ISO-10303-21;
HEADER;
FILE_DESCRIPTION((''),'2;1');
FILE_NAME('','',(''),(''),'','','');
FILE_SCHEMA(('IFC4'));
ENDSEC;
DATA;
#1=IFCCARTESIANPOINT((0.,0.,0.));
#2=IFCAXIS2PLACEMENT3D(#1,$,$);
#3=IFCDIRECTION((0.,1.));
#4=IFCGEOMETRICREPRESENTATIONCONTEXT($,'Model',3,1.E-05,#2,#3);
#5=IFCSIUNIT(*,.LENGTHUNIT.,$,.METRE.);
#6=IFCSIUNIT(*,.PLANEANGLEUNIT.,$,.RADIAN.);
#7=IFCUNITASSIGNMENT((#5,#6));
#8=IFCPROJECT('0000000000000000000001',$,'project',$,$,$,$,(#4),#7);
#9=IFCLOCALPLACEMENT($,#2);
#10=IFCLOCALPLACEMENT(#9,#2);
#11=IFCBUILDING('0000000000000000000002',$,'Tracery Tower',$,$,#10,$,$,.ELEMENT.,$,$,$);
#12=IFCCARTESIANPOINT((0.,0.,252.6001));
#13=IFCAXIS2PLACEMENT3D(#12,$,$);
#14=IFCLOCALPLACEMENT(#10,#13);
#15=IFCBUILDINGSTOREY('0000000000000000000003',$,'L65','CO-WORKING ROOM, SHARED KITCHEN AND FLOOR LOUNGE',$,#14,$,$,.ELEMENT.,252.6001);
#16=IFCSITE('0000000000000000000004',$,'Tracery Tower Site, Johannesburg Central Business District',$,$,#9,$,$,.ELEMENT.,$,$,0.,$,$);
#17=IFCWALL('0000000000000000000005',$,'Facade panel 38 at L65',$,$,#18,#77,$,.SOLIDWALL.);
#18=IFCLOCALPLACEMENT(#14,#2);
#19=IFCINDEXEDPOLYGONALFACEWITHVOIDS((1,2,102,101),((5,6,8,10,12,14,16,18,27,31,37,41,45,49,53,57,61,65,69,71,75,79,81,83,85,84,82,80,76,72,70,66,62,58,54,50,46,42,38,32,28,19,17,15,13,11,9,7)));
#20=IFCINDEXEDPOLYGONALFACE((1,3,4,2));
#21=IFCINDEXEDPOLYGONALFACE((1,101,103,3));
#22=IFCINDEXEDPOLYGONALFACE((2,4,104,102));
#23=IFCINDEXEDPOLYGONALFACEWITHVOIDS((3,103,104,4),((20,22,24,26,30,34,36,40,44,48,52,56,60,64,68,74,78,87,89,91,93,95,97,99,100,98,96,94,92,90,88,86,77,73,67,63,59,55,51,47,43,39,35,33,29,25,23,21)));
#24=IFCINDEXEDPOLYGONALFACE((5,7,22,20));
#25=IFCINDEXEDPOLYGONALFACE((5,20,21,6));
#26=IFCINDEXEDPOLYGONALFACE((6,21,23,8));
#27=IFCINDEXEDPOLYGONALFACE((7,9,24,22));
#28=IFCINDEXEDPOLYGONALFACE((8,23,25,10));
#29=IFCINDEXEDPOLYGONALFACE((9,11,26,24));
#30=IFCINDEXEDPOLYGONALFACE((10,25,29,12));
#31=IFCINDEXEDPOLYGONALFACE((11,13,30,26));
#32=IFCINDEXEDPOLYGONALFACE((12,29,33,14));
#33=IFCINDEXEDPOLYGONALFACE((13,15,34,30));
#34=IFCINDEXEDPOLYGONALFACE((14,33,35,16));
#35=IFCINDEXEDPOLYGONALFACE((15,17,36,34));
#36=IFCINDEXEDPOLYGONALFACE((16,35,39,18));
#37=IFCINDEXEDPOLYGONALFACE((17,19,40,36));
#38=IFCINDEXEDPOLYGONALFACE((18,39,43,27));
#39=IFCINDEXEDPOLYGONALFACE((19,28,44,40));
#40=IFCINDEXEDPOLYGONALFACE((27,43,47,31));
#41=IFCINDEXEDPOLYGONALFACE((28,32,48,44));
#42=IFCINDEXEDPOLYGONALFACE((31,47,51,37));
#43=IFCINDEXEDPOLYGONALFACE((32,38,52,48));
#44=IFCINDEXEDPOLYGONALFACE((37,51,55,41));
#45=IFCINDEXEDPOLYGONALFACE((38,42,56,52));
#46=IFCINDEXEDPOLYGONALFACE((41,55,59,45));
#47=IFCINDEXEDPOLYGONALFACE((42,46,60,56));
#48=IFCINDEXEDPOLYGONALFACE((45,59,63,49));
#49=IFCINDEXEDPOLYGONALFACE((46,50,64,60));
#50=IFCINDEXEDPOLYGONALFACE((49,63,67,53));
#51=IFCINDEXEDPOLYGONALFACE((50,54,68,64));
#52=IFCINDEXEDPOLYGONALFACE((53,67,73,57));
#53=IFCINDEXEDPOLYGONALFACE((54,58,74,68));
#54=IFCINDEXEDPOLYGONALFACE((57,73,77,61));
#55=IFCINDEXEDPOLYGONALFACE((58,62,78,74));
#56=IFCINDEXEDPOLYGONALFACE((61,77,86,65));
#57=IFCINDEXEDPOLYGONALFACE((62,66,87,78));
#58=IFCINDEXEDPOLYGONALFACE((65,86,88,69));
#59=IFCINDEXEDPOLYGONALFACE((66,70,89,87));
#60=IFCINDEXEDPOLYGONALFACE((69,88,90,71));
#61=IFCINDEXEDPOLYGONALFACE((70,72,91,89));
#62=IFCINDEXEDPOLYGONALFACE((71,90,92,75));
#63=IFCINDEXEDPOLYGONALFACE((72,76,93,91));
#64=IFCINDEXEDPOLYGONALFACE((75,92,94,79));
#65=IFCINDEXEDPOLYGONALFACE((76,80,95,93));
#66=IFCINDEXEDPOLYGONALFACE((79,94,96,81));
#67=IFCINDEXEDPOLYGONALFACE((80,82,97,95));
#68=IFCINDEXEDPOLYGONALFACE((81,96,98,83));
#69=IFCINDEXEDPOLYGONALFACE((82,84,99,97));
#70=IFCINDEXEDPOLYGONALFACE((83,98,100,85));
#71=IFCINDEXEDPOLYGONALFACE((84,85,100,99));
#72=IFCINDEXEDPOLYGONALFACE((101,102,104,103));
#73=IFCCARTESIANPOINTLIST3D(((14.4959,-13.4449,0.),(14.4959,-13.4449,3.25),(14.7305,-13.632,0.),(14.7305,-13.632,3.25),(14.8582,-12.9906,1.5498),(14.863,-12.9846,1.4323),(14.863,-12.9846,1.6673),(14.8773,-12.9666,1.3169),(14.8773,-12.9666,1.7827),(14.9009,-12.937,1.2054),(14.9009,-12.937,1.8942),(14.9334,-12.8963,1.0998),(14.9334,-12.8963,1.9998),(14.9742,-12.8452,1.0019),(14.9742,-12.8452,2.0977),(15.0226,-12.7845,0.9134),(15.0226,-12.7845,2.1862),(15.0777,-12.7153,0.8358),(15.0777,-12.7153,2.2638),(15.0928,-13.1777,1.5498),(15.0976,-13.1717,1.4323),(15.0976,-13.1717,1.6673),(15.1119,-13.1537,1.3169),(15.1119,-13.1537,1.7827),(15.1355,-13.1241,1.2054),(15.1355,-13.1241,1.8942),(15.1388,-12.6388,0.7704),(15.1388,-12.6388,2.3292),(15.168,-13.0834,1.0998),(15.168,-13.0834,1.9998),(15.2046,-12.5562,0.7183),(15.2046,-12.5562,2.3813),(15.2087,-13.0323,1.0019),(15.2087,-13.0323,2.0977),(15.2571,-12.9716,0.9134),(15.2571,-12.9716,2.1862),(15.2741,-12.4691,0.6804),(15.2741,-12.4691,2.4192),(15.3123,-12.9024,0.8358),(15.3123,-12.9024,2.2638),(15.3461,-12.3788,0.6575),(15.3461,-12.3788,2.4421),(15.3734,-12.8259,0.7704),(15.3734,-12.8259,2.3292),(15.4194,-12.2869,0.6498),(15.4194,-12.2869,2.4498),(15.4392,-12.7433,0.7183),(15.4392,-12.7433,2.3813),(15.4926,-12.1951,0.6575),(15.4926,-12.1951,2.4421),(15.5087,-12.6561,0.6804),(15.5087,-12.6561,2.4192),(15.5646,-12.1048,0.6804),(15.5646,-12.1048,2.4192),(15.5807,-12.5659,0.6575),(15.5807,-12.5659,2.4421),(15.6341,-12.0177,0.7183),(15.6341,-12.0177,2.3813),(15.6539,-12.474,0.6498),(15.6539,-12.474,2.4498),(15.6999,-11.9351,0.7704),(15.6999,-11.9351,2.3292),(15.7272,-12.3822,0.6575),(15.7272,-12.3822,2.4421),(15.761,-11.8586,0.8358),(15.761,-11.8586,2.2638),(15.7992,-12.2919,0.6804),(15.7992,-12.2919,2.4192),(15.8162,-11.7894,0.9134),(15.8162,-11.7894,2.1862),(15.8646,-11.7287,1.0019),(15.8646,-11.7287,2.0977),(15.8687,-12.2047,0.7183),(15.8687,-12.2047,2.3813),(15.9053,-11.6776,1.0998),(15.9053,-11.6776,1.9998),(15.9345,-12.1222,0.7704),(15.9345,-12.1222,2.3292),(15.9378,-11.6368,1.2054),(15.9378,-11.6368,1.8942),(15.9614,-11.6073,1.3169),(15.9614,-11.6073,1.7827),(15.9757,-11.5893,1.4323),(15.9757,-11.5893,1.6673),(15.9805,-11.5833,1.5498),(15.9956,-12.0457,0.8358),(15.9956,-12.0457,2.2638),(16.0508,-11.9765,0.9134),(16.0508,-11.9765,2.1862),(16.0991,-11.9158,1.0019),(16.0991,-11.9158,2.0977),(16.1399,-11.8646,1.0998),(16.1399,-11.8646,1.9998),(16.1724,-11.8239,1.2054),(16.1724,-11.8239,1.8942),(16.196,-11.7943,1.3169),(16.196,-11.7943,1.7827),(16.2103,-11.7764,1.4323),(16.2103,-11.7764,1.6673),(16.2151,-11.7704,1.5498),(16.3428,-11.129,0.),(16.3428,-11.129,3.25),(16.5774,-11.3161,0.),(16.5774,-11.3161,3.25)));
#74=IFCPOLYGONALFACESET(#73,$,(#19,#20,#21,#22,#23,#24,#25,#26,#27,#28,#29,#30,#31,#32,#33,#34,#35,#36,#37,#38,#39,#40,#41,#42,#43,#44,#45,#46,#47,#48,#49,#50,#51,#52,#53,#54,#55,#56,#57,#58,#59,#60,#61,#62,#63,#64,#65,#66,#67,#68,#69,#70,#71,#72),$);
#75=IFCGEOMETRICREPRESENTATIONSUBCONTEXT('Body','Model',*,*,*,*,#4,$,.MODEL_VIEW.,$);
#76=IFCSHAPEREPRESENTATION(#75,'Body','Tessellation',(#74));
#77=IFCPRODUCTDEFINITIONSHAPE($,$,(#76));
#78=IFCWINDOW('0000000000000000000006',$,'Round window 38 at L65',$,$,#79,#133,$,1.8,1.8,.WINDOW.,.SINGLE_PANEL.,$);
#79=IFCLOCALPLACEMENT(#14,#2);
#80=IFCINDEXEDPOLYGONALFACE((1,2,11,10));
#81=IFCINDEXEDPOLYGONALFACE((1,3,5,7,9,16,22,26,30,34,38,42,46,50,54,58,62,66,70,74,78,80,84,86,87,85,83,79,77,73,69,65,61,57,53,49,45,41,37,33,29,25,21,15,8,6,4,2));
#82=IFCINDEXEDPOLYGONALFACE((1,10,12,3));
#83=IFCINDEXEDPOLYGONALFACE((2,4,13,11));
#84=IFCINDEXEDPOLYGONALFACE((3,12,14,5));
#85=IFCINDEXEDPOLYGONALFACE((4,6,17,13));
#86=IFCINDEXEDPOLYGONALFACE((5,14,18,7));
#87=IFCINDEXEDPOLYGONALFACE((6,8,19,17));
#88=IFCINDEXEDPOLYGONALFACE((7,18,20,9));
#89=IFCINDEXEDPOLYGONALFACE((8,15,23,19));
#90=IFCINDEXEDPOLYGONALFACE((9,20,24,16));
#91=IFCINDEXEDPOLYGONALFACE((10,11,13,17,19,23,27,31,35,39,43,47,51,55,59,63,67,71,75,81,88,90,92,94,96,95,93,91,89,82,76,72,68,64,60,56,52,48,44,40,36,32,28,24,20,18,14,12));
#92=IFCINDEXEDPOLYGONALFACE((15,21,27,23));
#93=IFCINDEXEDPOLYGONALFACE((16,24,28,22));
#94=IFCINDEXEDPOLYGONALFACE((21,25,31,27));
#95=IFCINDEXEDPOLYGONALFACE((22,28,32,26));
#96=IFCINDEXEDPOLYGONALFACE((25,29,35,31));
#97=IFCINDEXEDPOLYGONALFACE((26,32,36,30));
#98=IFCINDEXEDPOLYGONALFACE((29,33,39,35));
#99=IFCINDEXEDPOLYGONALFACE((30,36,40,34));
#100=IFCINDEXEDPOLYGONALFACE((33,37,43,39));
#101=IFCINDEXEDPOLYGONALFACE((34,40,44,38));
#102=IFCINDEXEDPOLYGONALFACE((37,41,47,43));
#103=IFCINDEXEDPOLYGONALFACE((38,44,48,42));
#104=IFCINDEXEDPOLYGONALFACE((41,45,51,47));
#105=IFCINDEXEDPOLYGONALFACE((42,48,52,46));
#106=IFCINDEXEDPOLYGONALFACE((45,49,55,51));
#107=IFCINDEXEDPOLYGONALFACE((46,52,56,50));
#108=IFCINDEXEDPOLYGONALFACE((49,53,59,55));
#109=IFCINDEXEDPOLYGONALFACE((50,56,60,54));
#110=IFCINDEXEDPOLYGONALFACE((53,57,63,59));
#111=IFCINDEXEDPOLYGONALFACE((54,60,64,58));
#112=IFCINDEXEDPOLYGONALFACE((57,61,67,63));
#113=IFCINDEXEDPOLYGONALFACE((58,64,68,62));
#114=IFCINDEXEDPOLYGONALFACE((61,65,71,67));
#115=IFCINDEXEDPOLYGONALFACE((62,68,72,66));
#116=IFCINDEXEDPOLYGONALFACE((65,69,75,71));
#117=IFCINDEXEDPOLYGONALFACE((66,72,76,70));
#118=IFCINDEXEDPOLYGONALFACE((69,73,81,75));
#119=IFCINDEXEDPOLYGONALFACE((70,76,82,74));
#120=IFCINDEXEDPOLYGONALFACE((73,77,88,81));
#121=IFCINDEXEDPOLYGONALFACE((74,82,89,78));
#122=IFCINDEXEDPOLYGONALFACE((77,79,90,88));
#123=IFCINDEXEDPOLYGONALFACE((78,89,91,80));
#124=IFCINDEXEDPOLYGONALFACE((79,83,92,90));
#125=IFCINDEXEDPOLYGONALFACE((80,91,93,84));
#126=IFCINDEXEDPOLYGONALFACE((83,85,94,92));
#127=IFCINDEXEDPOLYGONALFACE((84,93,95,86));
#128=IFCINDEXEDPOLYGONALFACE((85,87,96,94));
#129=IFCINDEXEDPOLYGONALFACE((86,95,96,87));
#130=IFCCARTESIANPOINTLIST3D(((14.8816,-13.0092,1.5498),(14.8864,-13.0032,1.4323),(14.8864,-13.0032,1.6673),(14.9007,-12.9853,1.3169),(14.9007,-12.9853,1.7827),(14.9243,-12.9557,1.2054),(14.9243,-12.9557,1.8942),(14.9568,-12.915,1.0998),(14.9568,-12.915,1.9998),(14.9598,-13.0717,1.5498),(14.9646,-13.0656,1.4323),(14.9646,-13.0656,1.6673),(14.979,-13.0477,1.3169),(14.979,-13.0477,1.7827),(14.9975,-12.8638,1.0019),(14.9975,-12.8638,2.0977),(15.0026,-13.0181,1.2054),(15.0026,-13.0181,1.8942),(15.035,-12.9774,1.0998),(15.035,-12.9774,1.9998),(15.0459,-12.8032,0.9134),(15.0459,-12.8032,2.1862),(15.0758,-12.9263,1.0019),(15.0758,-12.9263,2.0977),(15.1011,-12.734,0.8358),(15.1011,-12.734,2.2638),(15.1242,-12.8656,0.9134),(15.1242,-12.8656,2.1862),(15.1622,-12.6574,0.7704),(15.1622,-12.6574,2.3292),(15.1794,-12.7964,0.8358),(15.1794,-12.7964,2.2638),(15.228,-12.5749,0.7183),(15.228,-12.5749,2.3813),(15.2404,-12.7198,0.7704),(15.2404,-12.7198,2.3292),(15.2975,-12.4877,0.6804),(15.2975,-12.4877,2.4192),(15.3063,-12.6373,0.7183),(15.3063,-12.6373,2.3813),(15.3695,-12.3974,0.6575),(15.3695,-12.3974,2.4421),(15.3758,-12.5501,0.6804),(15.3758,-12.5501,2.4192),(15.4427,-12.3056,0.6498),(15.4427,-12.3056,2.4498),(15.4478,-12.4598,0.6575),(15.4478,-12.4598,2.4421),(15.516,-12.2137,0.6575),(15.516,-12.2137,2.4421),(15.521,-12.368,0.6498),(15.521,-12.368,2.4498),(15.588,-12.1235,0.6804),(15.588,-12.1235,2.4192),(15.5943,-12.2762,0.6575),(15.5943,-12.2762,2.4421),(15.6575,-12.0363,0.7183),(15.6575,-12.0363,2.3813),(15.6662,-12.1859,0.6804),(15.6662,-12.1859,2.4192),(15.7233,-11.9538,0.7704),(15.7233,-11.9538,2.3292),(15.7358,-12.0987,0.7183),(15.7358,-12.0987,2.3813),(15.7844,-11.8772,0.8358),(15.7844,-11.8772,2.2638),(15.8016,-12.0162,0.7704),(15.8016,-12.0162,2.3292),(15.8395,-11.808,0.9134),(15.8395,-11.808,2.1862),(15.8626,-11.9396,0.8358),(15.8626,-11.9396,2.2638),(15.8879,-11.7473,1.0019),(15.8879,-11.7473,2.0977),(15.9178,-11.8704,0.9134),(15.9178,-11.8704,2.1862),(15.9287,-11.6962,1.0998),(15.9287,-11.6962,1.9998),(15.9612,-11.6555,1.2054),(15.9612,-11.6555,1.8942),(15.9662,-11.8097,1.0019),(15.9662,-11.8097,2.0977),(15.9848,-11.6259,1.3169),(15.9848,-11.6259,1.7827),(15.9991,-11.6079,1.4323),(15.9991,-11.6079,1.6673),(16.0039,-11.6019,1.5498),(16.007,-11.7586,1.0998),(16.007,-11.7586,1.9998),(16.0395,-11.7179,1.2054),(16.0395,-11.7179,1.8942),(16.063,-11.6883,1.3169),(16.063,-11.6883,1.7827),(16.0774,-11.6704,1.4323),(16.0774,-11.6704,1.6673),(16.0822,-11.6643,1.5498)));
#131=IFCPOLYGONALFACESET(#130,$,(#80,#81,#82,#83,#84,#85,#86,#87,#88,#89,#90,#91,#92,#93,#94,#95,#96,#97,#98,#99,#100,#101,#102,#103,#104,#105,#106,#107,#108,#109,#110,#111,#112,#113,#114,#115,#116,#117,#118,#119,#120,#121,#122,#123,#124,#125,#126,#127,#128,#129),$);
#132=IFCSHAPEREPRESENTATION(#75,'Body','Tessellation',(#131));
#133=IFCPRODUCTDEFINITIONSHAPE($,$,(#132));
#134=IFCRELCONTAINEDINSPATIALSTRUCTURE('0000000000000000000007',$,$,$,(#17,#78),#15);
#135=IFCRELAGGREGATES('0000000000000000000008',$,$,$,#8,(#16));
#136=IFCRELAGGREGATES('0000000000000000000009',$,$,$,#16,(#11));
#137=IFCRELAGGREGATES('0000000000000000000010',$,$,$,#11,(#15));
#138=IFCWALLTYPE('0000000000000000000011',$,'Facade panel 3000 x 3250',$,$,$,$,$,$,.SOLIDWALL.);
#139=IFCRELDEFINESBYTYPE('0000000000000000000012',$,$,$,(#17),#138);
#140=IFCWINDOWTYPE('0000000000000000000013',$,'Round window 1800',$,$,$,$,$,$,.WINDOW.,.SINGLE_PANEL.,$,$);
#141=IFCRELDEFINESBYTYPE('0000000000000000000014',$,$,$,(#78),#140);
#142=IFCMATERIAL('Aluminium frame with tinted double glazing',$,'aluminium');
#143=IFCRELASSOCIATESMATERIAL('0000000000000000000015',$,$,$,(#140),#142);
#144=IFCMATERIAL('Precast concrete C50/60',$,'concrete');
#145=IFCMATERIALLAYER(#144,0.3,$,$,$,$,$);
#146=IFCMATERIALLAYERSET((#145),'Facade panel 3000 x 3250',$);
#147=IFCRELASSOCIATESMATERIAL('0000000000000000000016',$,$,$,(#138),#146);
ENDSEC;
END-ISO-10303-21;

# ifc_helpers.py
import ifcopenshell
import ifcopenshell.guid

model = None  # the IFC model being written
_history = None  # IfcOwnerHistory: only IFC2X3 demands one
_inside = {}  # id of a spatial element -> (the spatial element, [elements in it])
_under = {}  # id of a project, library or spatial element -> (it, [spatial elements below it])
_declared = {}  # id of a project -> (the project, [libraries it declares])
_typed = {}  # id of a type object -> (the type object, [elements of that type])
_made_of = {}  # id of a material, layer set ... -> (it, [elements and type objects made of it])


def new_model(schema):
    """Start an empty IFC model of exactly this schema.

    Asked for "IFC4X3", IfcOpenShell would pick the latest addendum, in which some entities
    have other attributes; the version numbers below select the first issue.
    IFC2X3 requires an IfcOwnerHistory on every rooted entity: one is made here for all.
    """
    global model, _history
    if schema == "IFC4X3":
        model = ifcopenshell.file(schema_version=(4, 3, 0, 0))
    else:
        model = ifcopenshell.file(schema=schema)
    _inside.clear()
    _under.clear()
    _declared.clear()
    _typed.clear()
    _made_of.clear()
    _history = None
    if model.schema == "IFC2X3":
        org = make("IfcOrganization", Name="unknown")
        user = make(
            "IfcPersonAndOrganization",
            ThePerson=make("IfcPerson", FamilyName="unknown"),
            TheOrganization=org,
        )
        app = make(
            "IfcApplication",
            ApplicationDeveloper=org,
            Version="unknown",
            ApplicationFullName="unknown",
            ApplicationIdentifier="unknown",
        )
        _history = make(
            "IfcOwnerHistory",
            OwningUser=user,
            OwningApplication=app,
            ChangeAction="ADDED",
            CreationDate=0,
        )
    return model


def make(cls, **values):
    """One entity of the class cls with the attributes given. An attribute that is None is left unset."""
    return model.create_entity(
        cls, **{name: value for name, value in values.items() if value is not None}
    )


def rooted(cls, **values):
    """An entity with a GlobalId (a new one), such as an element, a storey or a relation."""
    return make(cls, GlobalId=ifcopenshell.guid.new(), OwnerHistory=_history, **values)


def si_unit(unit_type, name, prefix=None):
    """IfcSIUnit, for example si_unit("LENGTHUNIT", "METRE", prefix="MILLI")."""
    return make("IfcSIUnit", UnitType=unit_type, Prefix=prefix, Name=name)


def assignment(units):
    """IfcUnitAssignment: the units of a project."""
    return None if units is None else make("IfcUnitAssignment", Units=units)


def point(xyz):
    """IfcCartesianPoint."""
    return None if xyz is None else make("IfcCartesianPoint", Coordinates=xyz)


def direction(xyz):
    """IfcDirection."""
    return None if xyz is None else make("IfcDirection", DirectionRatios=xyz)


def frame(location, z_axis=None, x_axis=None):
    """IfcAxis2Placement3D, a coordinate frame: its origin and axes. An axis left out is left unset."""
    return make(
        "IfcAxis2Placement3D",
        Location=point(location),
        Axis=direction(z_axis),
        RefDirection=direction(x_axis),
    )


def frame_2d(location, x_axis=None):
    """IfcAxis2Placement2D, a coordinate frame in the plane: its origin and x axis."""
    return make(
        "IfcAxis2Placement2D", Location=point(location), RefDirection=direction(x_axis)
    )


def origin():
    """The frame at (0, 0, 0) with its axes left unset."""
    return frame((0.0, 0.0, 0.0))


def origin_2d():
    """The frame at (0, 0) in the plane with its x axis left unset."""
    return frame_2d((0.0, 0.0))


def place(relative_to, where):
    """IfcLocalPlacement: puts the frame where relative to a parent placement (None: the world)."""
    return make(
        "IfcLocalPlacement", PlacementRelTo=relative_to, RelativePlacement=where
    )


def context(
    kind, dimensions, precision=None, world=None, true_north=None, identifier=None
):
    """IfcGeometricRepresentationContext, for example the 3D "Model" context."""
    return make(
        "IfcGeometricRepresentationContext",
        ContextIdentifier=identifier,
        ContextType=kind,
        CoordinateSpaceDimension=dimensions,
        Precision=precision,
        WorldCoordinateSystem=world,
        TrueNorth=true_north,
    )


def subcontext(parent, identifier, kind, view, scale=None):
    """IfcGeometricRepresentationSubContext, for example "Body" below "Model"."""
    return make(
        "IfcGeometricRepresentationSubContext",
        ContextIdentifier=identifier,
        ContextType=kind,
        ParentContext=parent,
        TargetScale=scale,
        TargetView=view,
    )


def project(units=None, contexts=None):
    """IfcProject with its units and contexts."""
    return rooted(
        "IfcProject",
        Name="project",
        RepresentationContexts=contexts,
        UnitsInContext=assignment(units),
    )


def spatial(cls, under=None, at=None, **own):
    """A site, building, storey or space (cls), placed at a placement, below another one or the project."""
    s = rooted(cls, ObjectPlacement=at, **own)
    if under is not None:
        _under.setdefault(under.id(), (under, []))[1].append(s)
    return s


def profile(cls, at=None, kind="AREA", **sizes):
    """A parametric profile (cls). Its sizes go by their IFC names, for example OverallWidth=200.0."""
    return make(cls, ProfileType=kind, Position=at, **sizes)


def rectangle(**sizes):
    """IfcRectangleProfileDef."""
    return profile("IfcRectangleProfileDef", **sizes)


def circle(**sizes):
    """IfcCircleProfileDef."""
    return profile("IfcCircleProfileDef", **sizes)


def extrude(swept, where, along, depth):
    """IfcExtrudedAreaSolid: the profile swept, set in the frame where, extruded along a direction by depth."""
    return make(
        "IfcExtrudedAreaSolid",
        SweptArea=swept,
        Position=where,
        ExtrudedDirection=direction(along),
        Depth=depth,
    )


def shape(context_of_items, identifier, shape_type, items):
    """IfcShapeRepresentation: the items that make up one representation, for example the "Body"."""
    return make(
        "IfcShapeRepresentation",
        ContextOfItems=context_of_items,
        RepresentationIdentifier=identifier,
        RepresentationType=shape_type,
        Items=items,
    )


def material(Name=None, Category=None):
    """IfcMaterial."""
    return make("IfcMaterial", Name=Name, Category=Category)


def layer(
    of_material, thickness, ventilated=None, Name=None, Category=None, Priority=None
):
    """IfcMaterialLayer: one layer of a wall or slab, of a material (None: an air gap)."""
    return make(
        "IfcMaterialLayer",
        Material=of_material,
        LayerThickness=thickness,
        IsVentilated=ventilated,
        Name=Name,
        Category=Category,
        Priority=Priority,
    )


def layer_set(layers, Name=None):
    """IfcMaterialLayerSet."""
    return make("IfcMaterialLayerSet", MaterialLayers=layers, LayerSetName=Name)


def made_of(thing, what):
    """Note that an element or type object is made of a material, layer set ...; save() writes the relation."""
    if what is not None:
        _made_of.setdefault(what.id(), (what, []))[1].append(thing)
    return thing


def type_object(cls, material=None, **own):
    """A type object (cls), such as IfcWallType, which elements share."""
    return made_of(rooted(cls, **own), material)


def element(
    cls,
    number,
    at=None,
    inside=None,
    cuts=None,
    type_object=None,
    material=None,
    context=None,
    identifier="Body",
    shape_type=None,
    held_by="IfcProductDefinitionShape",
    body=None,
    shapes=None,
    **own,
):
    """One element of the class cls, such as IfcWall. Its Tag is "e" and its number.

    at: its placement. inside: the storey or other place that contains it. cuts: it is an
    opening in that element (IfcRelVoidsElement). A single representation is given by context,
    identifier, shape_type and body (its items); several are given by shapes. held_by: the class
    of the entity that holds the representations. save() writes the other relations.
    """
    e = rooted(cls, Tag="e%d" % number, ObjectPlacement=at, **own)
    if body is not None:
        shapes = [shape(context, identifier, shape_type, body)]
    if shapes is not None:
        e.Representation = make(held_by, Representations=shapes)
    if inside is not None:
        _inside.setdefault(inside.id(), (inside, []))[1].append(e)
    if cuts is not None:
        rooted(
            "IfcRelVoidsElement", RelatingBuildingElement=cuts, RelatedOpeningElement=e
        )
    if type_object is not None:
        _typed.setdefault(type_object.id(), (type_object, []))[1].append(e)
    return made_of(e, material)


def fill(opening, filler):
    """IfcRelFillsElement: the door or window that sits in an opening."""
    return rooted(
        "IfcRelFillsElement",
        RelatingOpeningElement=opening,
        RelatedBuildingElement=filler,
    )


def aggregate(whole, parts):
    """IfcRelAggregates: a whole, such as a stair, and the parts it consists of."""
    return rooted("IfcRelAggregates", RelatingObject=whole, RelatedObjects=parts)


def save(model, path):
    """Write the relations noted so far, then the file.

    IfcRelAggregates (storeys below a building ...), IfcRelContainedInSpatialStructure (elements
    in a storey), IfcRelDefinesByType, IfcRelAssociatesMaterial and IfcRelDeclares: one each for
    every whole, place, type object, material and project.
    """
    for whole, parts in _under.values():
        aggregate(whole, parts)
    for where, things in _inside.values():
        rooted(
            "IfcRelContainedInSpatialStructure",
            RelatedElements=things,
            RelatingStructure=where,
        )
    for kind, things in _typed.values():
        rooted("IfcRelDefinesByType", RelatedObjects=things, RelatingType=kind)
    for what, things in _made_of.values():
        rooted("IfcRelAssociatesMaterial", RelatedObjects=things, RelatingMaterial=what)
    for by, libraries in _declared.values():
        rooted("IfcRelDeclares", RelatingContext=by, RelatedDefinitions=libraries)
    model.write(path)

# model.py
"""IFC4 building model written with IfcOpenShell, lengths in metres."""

from ifc_helpers import new_model, si_unit, direction, frame, frame_2d, origin, origin_2d, place, context, subcontext, project, spatial, rectangle, circle, extrude, material, layer, layer_set, type_object, element, fill, save


model = new_model("IFC4")

# Units and contexts
model_context = context("Model", 3, precision=1e-05, world=origin(), true_north=direction((0.0, 1.0)))
body_context = subcontext(model_context, "Body", "Model", "MODEL_VIEW")
ifc_project = project(units=[si_unit("LENGTHUNIT", "METRE"), si_unit("PLANEANGLEUNIT", "RADIAN")], contexts=[model_context])

# Site, building, storey
site_placement = place(None, origin())
site = spatial("IfcSite", under=ifc_project, at=site_placement, Name="Tracery Tower Site, Johannesburg Central Business District", CompositionType="ELEMENT", RefElevation=0.0)
building_placement = place(site_placement, origin())
building = spatial("IfcBuilding", under=site, at=building_placement, Name="Tracery Tower", CompositionType="ELEMENT")
storey_placement = place(building_placement, frame((0.0, 0.0, 252.6001)))
storey = spatial("IfcBuildingStorey", under=building, at=storey_placement, Name="L65", Description="CO-WORKING ROOM, SHARED KITCHEN AND FLOOR LOUNGE", CompositionType="ELEMENT", Elevation=252.6001)

# Wall, opening, window
ifc_material_1 = material(Name="Aluminium frame with tinted double glazing", Category="aluminium")
window_type = type_object("IfcWindowType", Name="Round window 1800", PartitioningType="SINGLE_PANEL", PredefinedType="WINDOW", material=ifc_material_1)
ifc_material_2 = material(Name="Precast concrete C50/60", Category="concrete")
ifc_layer_1 = layer(ifc_material_2, 0.3)
ifc_layer_set_1 = layer_set([ifc_layer_1], Name="Facade panel 3000 x 3250")
wall_type_1 = type_object("IfcWallType", Name="Facade panel 3000 x 3250", PredefinedType="SOLIDWALL", material=ifc_layer_set_1)
wall_1_placement = place(storey_placement, frame((14.6133, -13.5383, 0.0), z_axis=(0.0, 0.0, 1.0), x_axis=(0.623498, 0.781825, 0.0)))
wall_1 = element("IfcWall", 1, at=wall_1_placement, inside=storey, type_object=wall_type_1, Name="Facade panel 38 at L65", PredefinedType="SOLIDWALL", context=body_context, shape_type="SweptSolid", body=[
    extrude(rectangle(XDim=2.9622, YDim=0.3, at=frame_2d((1.481, 0.0))), origin(), (0.0, 0.0, 1.0), 3.25),
])
opening_1_placement = place(wall_1_placement, frame((1.481, 0.0, 1.5498)))
opening_1 = element("IfcOpeningElement", 2, at=opening_1_placement, cuts=wall_1, PredefinedType="OPENING", context=body_context, shape_type="SweptSolid", body=[
    extrude(circle(Radius=0.9, at=origin_2d()), frame((0.0, 0.1599, 0.0), z_axis=(0.0, -1.0, 0.0), x_axis=(1.0, 0.0, 0.0)), (0.0, 0.0, 1.0), 0.3201),
])
window_1_placement = place(opening_1_placement, origin())
window_1 = element("IfcWindow", 3, at=window_1_placement, inside=storey, type_object=window_type, Name="Round window 38 at L65", OverallHeight=1.8, OverallWidth=1.8, PartitioningType="SINGLE_PANEL", PredefinedType="WINDOW", context=body_context, shape_type="SweptSolid", body=[
    extrude(circle(Radius=0.9, at=origin_2d()), frame((0.0, 0.1201, 0.0), z_axis=(0.0, -1.0, 0.0), x_axis=(1.0, 0.0, 0.0)), (0.0, 0.0, 1.0), 0.1001),
])
fill(opening_1, window_1)

save(model, "model.ifc")
